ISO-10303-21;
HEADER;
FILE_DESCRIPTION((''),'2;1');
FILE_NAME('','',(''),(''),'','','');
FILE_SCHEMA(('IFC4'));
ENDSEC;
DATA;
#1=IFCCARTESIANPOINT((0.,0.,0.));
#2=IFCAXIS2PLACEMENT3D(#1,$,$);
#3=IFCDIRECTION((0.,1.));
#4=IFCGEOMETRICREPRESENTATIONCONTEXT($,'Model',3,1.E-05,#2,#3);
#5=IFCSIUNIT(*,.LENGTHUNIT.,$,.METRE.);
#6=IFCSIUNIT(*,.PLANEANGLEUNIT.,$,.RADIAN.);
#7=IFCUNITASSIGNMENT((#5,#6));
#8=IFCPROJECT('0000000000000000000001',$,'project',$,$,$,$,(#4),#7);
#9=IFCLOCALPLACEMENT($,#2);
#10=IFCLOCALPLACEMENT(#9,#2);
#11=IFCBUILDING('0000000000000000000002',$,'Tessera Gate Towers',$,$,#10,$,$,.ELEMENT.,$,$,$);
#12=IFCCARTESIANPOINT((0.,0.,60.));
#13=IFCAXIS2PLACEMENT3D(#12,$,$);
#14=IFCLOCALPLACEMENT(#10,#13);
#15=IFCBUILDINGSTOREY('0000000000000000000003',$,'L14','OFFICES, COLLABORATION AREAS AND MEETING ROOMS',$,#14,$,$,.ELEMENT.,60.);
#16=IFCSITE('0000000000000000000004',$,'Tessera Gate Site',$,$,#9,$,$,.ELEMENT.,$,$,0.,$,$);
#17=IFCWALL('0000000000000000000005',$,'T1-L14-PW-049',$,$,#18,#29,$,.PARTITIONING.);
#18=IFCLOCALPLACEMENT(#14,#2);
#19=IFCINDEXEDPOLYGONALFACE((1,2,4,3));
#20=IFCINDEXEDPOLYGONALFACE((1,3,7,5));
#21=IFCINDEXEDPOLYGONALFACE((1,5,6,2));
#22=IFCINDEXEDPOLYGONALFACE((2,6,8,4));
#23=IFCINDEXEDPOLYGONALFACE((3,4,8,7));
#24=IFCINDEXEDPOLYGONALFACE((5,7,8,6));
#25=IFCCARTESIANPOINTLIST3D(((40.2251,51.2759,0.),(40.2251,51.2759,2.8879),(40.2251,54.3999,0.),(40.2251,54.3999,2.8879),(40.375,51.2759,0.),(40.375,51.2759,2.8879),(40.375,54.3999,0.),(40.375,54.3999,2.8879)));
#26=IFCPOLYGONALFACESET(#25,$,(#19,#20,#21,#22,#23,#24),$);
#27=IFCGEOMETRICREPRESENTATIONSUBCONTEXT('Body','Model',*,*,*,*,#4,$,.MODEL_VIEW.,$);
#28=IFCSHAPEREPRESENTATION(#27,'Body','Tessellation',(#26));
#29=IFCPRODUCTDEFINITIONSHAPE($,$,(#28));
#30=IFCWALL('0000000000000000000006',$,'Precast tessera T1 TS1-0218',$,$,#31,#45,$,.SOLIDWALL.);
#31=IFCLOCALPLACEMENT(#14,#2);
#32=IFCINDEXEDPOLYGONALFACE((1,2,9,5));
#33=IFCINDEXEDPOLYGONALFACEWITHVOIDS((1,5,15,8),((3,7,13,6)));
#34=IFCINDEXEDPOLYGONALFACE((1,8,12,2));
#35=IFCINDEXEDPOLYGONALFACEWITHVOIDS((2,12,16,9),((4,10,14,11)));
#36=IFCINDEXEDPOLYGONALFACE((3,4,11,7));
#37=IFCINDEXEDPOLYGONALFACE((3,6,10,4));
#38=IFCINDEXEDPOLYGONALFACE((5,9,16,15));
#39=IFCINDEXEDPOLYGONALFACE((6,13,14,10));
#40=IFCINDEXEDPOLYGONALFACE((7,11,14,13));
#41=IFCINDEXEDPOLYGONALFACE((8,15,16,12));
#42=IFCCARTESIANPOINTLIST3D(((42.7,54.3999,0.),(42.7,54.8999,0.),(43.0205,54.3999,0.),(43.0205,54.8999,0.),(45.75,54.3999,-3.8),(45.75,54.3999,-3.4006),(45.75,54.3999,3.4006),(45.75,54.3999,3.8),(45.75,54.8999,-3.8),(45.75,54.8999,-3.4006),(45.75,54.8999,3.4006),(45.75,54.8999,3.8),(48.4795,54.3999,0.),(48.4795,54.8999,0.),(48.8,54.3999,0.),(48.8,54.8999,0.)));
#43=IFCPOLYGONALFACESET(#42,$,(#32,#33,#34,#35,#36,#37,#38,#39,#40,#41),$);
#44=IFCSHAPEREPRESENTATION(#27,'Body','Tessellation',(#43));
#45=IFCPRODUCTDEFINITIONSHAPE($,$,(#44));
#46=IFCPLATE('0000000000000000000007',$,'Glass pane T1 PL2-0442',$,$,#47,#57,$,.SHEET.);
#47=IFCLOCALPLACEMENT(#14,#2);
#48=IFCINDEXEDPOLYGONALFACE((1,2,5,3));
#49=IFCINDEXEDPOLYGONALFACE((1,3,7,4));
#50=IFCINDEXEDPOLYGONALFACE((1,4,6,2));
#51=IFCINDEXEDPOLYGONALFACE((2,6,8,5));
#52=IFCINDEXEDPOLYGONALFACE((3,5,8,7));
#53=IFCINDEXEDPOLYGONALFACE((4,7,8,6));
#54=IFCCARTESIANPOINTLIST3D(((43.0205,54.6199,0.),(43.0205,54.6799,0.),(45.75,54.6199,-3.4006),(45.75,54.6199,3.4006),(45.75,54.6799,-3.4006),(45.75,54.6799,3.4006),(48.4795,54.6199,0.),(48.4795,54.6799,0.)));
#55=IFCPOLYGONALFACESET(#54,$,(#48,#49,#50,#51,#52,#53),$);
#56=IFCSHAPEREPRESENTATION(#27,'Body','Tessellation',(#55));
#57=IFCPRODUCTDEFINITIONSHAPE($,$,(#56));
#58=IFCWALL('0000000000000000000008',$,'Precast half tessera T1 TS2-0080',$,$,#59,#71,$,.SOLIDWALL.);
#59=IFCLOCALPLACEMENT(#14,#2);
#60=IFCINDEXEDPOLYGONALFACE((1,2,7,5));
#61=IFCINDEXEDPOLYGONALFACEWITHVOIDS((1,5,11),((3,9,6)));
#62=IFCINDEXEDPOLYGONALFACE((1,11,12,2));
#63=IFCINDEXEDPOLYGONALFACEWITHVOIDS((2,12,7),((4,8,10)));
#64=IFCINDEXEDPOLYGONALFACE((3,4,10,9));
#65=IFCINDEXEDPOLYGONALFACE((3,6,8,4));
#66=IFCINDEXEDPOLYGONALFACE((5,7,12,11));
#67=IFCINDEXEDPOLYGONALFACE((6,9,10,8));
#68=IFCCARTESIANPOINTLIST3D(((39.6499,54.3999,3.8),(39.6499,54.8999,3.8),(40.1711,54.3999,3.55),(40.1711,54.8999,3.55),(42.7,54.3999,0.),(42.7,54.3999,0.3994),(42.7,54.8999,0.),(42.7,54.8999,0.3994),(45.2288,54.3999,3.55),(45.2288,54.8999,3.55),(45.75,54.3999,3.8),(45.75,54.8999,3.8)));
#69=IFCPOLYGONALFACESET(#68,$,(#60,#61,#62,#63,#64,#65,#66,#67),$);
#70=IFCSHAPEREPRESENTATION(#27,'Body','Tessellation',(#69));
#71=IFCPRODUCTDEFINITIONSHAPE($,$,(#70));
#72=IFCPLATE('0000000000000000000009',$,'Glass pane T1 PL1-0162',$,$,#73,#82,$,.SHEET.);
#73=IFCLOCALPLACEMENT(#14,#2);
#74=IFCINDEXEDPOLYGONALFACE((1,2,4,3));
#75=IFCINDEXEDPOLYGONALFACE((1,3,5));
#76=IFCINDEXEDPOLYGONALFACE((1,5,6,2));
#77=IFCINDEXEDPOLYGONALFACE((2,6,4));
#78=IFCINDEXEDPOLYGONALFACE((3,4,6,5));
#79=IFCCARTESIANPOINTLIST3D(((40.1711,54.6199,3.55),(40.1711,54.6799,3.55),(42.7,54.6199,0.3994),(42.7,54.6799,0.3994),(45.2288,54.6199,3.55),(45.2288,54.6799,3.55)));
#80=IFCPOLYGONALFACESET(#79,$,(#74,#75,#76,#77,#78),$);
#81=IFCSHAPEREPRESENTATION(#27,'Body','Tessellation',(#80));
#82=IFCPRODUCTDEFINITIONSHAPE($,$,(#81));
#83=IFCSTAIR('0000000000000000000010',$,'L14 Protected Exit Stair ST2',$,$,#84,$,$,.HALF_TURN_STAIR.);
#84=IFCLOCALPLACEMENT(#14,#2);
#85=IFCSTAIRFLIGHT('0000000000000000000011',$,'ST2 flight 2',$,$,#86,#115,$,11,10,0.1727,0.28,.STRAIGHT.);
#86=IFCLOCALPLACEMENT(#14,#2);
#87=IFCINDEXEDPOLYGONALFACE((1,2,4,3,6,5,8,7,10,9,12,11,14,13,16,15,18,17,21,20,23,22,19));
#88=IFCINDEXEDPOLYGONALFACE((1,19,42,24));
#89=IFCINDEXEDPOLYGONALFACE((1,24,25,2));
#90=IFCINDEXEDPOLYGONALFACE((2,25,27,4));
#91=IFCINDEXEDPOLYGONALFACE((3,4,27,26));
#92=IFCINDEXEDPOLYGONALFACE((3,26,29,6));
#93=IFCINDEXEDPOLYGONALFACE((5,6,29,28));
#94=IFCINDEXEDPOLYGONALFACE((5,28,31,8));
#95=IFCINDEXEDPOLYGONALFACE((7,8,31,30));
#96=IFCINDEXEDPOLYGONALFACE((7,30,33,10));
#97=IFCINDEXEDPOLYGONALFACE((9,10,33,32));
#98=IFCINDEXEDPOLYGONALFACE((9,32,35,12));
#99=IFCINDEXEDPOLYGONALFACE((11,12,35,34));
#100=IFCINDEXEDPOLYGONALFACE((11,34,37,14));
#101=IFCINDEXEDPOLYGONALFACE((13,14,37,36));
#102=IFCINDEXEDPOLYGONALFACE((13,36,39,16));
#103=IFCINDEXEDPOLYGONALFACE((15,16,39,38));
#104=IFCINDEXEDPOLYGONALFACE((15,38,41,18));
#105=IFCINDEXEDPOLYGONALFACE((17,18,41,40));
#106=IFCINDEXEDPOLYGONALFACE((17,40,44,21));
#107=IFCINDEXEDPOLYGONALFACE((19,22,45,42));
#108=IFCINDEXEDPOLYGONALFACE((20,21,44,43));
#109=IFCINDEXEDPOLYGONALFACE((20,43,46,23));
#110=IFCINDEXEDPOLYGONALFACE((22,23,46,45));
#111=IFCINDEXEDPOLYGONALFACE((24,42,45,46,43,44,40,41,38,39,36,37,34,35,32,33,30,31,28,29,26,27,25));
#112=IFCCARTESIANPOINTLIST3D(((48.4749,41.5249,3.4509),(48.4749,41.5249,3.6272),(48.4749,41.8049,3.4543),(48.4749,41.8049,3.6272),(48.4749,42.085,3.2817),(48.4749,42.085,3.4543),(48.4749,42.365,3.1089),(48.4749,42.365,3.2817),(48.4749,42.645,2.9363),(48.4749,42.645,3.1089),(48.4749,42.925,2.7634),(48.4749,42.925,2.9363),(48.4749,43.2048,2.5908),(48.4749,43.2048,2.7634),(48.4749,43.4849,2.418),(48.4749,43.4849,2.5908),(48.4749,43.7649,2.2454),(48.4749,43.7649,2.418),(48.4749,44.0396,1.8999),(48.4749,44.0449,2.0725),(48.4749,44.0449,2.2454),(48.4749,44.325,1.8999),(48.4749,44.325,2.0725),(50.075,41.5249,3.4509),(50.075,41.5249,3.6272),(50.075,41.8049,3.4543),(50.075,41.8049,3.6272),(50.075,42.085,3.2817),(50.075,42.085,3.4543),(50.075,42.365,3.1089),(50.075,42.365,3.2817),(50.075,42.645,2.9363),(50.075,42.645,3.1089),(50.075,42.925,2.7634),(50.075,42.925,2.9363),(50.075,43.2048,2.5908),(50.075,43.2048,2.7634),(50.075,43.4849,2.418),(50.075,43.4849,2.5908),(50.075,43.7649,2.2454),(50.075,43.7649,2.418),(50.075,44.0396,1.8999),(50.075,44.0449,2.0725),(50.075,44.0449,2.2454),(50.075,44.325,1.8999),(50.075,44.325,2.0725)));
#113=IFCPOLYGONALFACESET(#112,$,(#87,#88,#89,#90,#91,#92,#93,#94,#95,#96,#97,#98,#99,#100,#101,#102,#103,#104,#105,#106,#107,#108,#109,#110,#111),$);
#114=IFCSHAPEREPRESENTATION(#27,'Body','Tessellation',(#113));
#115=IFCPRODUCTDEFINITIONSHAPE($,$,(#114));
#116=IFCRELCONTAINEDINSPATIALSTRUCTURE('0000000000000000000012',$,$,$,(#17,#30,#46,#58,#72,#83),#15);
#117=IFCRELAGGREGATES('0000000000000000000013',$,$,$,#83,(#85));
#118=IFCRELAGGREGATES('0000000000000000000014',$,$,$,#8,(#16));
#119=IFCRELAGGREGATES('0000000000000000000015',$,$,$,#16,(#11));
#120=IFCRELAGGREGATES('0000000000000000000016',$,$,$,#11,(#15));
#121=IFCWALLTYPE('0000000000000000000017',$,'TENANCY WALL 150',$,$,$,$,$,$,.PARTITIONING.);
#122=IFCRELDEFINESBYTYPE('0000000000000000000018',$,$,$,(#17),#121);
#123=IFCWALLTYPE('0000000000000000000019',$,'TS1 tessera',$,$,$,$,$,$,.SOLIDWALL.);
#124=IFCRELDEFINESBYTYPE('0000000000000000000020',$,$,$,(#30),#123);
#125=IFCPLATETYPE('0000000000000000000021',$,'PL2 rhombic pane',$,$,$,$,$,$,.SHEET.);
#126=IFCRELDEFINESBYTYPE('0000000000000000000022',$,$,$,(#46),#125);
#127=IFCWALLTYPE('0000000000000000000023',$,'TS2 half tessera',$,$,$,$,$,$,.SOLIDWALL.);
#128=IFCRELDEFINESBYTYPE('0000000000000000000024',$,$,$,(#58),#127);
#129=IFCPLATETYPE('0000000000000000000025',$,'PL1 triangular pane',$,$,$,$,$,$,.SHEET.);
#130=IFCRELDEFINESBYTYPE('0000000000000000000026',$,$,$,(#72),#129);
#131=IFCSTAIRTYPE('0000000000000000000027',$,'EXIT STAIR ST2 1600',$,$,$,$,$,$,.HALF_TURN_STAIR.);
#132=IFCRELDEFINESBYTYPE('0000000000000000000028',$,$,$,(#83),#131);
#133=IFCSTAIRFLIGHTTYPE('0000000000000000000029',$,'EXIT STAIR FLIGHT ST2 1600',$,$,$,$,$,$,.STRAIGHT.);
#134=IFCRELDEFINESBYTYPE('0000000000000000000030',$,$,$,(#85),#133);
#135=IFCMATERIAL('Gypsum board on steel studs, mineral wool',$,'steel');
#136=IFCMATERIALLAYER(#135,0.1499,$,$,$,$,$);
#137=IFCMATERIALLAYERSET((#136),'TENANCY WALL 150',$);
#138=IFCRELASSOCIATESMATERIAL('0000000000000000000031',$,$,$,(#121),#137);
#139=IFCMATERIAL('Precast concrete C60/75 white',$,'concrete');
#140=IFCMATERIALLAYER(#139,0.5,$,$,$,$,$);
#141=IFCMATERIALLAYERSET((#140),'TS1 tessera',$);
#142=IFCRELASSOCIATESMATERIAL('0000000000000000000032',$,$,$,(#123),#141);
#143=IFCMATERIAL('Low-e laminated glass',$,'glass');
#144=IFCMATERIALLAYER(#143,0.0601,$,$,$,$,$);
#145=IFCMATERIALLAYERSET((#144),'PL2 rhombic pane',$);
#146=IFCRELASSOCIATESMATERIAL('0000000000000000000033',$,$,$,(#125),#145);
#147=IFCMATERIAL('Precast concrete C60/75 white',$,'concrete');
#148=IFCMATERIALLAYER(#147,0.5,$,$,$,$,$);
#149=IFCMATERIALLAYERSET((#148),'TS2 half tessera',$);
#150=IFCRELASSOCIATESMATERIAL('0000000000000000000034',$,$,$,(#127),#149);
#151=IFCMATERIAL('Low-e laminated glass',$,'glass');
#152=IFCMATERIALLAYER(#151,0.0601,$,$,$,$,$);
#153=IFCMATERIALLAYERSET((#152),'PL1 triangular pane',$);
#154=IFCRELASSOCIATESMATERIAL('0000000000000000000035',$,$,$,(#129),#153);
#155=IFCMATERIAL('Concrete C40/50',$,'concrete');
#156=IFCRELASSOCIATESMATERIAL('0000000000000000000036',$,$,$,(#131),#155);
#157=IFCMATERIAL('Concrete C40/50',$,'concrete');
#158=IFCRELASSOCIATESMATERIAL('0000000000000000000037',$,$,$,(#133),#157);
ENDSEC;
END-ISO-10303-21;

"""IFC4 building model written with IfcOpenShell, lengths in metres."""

from ifc_helpers import new_model, si_unit, direction, frame, frame_2d, origin, place, context, subcontext, project, spatial, polyline, rectangle, outline, extrude, source, transform, mapped, material, layer, layer_set, type_object, element, fill, aggregate, save


model = new_model("IFC4")

# Units and contexts
model_context = context("Model", 3, precision=1e-05, world=origin(), true_north=direction((0.0, 1.0)))
body_context = subcontext(model_context, "Body", "Model", "MODEL_VIEW")
ifc_project = project(units=[si_unit("LENGTHUNIT", "METRE"), si_unit("PLANEANGLEUNIT", "RADIAN")], contexts=[model_context])

# Site, building, storey
site_placement = place(None, origin())
site = spatial("IfcSite", under=ifc_project, at=site_placement, Name="Tessera Gate Site", CompositionType="ELEMENT", RefElevation=0.0)
building_placement = place(site_placement, origin())
building = spatial("IfcBuilding", under=site, at=building_placement, Name="Tessera Gate Towers", CompositionType="ELEMENT")
storey_placement = place(building_placement, frame((0.0, 0.0, 60.0)))
storey = spatial("IfcBuildingStorey", under=building, at=storey_placement, Name="L14", Description="OFFICES, COLLABORATION AREAS AND MEETING ROOMS", CompositionType="ELEMENT", Elevation=60.0)

# Wall
ifc_material_1 = material(Name="Gypsum board on steel studs, mineral wool", Category="steel")
ifc_layer_1 = layer(ifc_material_1, 0.1499)
ifc_layer_set_1 = layer_set([ifc_layer_1], Name="TENANCY WALL 150")
wall_type_1 = type_object("IfcWallType", Name="TENANCY WALL 150", PredefinedType="PARTITIONING", material=ifc_layer_set_1)
wall_1_placement = place(storey_placement, frame((40.3, 51.2759, 0.0), z_axis=(0.0, 0.0, 1.0), x_axis=(0.0, 1.0, 0.0)))
element("IfcWall", 1, at=wall_1_placement, inside=storey, type_object=wall_type_1, Name="T1-L14-PW-049", PredefinedType="PARTITIONING", context=body_context, shape_type="SweptSolid", body=[
    extrude(rectangle(XDim=3.124, YDim=0.1499, at=frame_2d((1.562, 0.0))), origin(), (0.0, 0.0, 1.0), 2.8879),
])

# Walls, openings, plates
ifc_material_2 = material(Name="Precast concrete C60/75 white", Category="concrete")
ifc_layer_2 = layer(ifc_material_2, 0.5)
ifc_layer_set_2 = layer_set([ifc_layer_2], Name="TS1 tessera")
wall_type_2 = type_object("IfcWallType", Name="TS1 tessera", PredefinedType="SOLIDWALL", material=ifc_layer_set_2)
shared_shape_1 = source(origin(), body_context, "Body", "SweptSolid", [
    extrude(outline(polyline([(3.05, 0.0), (6.1001, 3.8), (3.05, 7.6001), (0.0, 3.8), (3.05, 0.0)])), frame((0.0, 0.25, 0.0), z_axis=(0.0, -1.0, 0.0), x_axis=(1.0, 0.0, 0.0)), (0.0, 0.0, 1.0), 0.5),
])
wall_2_placement = place(storey_placement, frame((48.8, 54.6499, -3.8), z_axis=(0.0, 0.0, 1.0), x_axis=(-1.0, 0.0, 0.0)))
wall_2 = element("IfcWall", 2, at=wall_2_placement, inside=storey, type_object=wall_type_2, Name="Precast tessera T1 TS1-0218", PredefinedType="SOLIDWALL", context=body_context, shape_type="MappedRepresentation", body=[
    mapped(shared_shape_1, transform((0.0, 0.0, 0.0), scale=1.0)),
])
shared_shape_2 = source(origin(), body_context, "Body", "SweptSolid", [
    extrude(outline(polyline([(3.05, 0.3994), (5.7795, 3.8), (3.05, 7.2007), (0.3206, 3.8), (3.05, 0.3994)])), frame((0.0, 0.26, 0.0), z_axis=(0.0, -1.0, 0.0), x_axis=(1.0, 0.0, 0.0)), (0.0, 0.0, 1.0), 0.52),
])
opening_1_placement = place(wall_2_placement, origin())
opening_1 = element("IfcOpeningElement", 3, at=opening_1_placement, cuts=wall_2, PredefinedType="OPENING", context=body_context, shape_type="MappedRepresentation", body=[
    mapped(shared_shape_2, transform((0.0, 0.0, 0.0), scale=1.0)),
])
ifc_material_3 = material(Name="Low-e laminated glass", Category="glass")
ifc_layer_3 = layer(ifc_material_3, 0.0601)
ifc_layer_set_3 = layer_set([ifc_layer_3], Name="PL2 rhombic pane")
plate_type_1 = type_object("IfcPlateType", Name="PL2 rhombic pane", PredefinedType="SHEET", material=ifc_layer_set_3)
shared_shape_3 = source(origin(), body_context, "Body", "SweptSolid", [
    extrude(outline(polyline([(3.05, 0.3994), (5.7795, 3.8), (3.05, 7.2007), (0.3206, 3.8), (3.05, 0.3994)])), frame((0.0, 0.03, 0.0), z_axis=(0.0, -1.0, 0.0), x_axis=(1.0, 0.0, 0.0)), (0.0, 0.0, 1.0), 0.0601),
])
plate_1_placement = place(opening_1_placement, origin())
plate_1 = element("IfcPlate", 4, at=plate_1_placement, inside=storey, type_object=plate_type_1, Name="Glass pane T1 PL2-0442", PredefinedType="SHEET", context=body_context, shape_type="MappedRepresentation", body=[
    mapped(shared_shape_3, transform((0.0, 0.0, 0.0), scale=1.0)),
])
fill(opening_1, plate_1)
ifc_material_4 = material(Name="Precast concrete C60/75 white", Category="concrete")
ifc_layer_4 = layer(ifc_material_4, 0.5)
ifc_layer_set_4 = layer_set([ifc_layer_4], Name="TS2 half tessera")
wall_type_3 = type_object("IfcWallType", Name="TS2 half tessera", PredefinedType="SOLIDWALL", material=ifc_layer_set_4)
shared_shape_4 = source(origin(), body_context, "Body", "SweptSolid", [
    extrude(outline(polyline([(3.05, 0.0), (6.1001, 3.8), (0.0, 3.8), (3.05, 0.0)])), frame((0.0, 0.25, 0.0), z_axis=(0.0, -1.0, 0.0), x_axis=(1.0, 0.0, 0.0)), (0.0, 0.0, 1.0), 0.5),
])
wall_3_placement = place(storey_placement, frame((45.75, 54.6499, 0.0), z_axis=(0.0, 0.0, 1.0), x_axis=(-1.0, 0.0, 0.0)))
wall_3 = element("IfcWall", 5, at=wall_3_placement, inside=storey, type_object=wall_type_3, Name="Precast half tessera T1 TS2-0080", PredefinedType="SOLIDWALL", context=body_context, shape_type="MappedRepresentation", body=[
    mapped(shared_shape_4, transform((0.0, 0.0, 0.0), scale=1.0)),
])
shared_shape_5 = source(origin(), body_context, "Body", "SweptSolid", [
    extrude(outline(polyline([(3.05, 0.3994), (5.5789, 3.55), (0.5212, 3.55), (3.05, 0.3994)])), frame((0.0, 0.26, 0.0), z_axis=(0.0, -1.0, 0.0), x_axis=(1.0, 0.0, 0.0)), (0.0, 0.0, 1.0), 0.52),
])
opening_2_placement = place(wall_3_placement, origin())
opening_2 = element("IfcOpeningElement", 6, at=opening_2_placement, cuts=wall_3, PredefinedType="OPENING", context=body_context, shape_type="MappedRepresentation", body=[
    mapped(shared_shape_5, transform((0.0, 0.0, 0.0), scale=1.0)),
])
ifc_material_5 = material(Name="Low-e laminated glass", Category="glass")
ifc_layer_5 = layer(ifc_material_5, 0.0601)
ifc_layer_set_5 = layer_set([ifc_layer_5], Name="PL1 triangular pane")
plate_type_2 = type_object("IfcPlateType", Name="PL1 triangular pane", PredefinedType="SHEET", material=ifc_layer_set_5)
shared_shape_6 = source(origin(), body_context, "Body", "SweptSolid", [
    extrude(outline(polyline([(3.05, 0.3994), (5.5789, 3.55), (0.5212, 3.55), (3.05, 0.3994)])), frame((0.0, 0.03, 0.0), z_axis=(0.0, -1.0, 0.0), x_axis=(1.0, 0.0, 0.0)), (0.0, 0.0, 1.0), 0.0601),
])
plate_2_placement = place(opening_2_placement, origin())
plate_2 = element("IfcPlate", 7, at=plate_2_placement, inside=storey, type_object=plate_type_2, Name="Glass pane T1 PL1-0162", PredefinedType="SHEET", context=body_context, shape_type="MappedRepresentation", body=[
    mapped(shared_shape_6, transform((0.0, 0.0, 0.0), scale=1.0)),
])
fill(opening_2, plate_2)

# Stair, stair flight
ifc_material_6 = material(Name="Concrete C40/50", Category="concrete")
stair_type = type_object("IfcStairType", Name="EXIT STAIR ST2 1600", PredefinedType="HALF_TURN_STAIR", material=ifc_material_6)
stair_placement = place(storey_placement, origin())
stair = element("IfcStair", 8, at=stair_placement, inside=storey, type_object=stair_type, Name="L14 Protected Exit Stair ST2", PredefinedType="HALF_TURN_STAIR")
ifc_material_7 = material(Name="Concrete C40/50", Category="concrete")
stair_flight_type = type_object("IfcStairFlightType", Name="EXIT STAIR FLIGHT ST2 1600", PredefinedType="STRAIGHT", material=ifc_material_7)
stair_flight_placement = place(storey_placement, frame((49.2749, 44.325, 1.8999), z_axis=(0.0, 0.0, 1.0), x_axis=(0.0, -1.0, 0.0)))
stair_flight = element("IfcStairFlight", 9, at=stair_flight_placement, type_object=stair_flight_type, Name="ST2 flight 2", NumberOfRisers=11, NumberOfTreads=10, PredefinedType="STRAIGHT", RiserHeight=0.1727, TreadLength=0.28, context=body_context, shape_type="SweptSolid", body=[
    extrude(outline(polyline([(0.0, 0.0), (0.0, 0.1726), (0.28, 0.1726), (0.28, 0.3455), (0.5601, 0.3455), (0.5601, 0.5181), (0.8401, 0.5181), (0.8401, 0.6909), (1.1201, 0.6909), (1.1201, 0.8635), (1.3999, 0.8635), (1.3999, 1.0364), (1.6799, 1.0364), (1.6799, 1.209), (1.96, 1.209), (1.96, 1.3818), (2.24, 1.3818), (2.24, 1.5544), (2.52, 1.5544), (2.52, 1.7273), (2.8, 1.7273), (2.8, 1.8999), (2.8, 1.551), (0.2854, 0.0), (0.0, 0.0)])), frame((0.0, 0.8, 0.0), z_axis=(0.0, -1.0, 0.0), x_axis=(1.0, 0.0, 0.0)), (0.0, 0.0, 1.0), 1.6001),
])
aggregate(stair, [stair_flight])

save(model, "model.ifc")
